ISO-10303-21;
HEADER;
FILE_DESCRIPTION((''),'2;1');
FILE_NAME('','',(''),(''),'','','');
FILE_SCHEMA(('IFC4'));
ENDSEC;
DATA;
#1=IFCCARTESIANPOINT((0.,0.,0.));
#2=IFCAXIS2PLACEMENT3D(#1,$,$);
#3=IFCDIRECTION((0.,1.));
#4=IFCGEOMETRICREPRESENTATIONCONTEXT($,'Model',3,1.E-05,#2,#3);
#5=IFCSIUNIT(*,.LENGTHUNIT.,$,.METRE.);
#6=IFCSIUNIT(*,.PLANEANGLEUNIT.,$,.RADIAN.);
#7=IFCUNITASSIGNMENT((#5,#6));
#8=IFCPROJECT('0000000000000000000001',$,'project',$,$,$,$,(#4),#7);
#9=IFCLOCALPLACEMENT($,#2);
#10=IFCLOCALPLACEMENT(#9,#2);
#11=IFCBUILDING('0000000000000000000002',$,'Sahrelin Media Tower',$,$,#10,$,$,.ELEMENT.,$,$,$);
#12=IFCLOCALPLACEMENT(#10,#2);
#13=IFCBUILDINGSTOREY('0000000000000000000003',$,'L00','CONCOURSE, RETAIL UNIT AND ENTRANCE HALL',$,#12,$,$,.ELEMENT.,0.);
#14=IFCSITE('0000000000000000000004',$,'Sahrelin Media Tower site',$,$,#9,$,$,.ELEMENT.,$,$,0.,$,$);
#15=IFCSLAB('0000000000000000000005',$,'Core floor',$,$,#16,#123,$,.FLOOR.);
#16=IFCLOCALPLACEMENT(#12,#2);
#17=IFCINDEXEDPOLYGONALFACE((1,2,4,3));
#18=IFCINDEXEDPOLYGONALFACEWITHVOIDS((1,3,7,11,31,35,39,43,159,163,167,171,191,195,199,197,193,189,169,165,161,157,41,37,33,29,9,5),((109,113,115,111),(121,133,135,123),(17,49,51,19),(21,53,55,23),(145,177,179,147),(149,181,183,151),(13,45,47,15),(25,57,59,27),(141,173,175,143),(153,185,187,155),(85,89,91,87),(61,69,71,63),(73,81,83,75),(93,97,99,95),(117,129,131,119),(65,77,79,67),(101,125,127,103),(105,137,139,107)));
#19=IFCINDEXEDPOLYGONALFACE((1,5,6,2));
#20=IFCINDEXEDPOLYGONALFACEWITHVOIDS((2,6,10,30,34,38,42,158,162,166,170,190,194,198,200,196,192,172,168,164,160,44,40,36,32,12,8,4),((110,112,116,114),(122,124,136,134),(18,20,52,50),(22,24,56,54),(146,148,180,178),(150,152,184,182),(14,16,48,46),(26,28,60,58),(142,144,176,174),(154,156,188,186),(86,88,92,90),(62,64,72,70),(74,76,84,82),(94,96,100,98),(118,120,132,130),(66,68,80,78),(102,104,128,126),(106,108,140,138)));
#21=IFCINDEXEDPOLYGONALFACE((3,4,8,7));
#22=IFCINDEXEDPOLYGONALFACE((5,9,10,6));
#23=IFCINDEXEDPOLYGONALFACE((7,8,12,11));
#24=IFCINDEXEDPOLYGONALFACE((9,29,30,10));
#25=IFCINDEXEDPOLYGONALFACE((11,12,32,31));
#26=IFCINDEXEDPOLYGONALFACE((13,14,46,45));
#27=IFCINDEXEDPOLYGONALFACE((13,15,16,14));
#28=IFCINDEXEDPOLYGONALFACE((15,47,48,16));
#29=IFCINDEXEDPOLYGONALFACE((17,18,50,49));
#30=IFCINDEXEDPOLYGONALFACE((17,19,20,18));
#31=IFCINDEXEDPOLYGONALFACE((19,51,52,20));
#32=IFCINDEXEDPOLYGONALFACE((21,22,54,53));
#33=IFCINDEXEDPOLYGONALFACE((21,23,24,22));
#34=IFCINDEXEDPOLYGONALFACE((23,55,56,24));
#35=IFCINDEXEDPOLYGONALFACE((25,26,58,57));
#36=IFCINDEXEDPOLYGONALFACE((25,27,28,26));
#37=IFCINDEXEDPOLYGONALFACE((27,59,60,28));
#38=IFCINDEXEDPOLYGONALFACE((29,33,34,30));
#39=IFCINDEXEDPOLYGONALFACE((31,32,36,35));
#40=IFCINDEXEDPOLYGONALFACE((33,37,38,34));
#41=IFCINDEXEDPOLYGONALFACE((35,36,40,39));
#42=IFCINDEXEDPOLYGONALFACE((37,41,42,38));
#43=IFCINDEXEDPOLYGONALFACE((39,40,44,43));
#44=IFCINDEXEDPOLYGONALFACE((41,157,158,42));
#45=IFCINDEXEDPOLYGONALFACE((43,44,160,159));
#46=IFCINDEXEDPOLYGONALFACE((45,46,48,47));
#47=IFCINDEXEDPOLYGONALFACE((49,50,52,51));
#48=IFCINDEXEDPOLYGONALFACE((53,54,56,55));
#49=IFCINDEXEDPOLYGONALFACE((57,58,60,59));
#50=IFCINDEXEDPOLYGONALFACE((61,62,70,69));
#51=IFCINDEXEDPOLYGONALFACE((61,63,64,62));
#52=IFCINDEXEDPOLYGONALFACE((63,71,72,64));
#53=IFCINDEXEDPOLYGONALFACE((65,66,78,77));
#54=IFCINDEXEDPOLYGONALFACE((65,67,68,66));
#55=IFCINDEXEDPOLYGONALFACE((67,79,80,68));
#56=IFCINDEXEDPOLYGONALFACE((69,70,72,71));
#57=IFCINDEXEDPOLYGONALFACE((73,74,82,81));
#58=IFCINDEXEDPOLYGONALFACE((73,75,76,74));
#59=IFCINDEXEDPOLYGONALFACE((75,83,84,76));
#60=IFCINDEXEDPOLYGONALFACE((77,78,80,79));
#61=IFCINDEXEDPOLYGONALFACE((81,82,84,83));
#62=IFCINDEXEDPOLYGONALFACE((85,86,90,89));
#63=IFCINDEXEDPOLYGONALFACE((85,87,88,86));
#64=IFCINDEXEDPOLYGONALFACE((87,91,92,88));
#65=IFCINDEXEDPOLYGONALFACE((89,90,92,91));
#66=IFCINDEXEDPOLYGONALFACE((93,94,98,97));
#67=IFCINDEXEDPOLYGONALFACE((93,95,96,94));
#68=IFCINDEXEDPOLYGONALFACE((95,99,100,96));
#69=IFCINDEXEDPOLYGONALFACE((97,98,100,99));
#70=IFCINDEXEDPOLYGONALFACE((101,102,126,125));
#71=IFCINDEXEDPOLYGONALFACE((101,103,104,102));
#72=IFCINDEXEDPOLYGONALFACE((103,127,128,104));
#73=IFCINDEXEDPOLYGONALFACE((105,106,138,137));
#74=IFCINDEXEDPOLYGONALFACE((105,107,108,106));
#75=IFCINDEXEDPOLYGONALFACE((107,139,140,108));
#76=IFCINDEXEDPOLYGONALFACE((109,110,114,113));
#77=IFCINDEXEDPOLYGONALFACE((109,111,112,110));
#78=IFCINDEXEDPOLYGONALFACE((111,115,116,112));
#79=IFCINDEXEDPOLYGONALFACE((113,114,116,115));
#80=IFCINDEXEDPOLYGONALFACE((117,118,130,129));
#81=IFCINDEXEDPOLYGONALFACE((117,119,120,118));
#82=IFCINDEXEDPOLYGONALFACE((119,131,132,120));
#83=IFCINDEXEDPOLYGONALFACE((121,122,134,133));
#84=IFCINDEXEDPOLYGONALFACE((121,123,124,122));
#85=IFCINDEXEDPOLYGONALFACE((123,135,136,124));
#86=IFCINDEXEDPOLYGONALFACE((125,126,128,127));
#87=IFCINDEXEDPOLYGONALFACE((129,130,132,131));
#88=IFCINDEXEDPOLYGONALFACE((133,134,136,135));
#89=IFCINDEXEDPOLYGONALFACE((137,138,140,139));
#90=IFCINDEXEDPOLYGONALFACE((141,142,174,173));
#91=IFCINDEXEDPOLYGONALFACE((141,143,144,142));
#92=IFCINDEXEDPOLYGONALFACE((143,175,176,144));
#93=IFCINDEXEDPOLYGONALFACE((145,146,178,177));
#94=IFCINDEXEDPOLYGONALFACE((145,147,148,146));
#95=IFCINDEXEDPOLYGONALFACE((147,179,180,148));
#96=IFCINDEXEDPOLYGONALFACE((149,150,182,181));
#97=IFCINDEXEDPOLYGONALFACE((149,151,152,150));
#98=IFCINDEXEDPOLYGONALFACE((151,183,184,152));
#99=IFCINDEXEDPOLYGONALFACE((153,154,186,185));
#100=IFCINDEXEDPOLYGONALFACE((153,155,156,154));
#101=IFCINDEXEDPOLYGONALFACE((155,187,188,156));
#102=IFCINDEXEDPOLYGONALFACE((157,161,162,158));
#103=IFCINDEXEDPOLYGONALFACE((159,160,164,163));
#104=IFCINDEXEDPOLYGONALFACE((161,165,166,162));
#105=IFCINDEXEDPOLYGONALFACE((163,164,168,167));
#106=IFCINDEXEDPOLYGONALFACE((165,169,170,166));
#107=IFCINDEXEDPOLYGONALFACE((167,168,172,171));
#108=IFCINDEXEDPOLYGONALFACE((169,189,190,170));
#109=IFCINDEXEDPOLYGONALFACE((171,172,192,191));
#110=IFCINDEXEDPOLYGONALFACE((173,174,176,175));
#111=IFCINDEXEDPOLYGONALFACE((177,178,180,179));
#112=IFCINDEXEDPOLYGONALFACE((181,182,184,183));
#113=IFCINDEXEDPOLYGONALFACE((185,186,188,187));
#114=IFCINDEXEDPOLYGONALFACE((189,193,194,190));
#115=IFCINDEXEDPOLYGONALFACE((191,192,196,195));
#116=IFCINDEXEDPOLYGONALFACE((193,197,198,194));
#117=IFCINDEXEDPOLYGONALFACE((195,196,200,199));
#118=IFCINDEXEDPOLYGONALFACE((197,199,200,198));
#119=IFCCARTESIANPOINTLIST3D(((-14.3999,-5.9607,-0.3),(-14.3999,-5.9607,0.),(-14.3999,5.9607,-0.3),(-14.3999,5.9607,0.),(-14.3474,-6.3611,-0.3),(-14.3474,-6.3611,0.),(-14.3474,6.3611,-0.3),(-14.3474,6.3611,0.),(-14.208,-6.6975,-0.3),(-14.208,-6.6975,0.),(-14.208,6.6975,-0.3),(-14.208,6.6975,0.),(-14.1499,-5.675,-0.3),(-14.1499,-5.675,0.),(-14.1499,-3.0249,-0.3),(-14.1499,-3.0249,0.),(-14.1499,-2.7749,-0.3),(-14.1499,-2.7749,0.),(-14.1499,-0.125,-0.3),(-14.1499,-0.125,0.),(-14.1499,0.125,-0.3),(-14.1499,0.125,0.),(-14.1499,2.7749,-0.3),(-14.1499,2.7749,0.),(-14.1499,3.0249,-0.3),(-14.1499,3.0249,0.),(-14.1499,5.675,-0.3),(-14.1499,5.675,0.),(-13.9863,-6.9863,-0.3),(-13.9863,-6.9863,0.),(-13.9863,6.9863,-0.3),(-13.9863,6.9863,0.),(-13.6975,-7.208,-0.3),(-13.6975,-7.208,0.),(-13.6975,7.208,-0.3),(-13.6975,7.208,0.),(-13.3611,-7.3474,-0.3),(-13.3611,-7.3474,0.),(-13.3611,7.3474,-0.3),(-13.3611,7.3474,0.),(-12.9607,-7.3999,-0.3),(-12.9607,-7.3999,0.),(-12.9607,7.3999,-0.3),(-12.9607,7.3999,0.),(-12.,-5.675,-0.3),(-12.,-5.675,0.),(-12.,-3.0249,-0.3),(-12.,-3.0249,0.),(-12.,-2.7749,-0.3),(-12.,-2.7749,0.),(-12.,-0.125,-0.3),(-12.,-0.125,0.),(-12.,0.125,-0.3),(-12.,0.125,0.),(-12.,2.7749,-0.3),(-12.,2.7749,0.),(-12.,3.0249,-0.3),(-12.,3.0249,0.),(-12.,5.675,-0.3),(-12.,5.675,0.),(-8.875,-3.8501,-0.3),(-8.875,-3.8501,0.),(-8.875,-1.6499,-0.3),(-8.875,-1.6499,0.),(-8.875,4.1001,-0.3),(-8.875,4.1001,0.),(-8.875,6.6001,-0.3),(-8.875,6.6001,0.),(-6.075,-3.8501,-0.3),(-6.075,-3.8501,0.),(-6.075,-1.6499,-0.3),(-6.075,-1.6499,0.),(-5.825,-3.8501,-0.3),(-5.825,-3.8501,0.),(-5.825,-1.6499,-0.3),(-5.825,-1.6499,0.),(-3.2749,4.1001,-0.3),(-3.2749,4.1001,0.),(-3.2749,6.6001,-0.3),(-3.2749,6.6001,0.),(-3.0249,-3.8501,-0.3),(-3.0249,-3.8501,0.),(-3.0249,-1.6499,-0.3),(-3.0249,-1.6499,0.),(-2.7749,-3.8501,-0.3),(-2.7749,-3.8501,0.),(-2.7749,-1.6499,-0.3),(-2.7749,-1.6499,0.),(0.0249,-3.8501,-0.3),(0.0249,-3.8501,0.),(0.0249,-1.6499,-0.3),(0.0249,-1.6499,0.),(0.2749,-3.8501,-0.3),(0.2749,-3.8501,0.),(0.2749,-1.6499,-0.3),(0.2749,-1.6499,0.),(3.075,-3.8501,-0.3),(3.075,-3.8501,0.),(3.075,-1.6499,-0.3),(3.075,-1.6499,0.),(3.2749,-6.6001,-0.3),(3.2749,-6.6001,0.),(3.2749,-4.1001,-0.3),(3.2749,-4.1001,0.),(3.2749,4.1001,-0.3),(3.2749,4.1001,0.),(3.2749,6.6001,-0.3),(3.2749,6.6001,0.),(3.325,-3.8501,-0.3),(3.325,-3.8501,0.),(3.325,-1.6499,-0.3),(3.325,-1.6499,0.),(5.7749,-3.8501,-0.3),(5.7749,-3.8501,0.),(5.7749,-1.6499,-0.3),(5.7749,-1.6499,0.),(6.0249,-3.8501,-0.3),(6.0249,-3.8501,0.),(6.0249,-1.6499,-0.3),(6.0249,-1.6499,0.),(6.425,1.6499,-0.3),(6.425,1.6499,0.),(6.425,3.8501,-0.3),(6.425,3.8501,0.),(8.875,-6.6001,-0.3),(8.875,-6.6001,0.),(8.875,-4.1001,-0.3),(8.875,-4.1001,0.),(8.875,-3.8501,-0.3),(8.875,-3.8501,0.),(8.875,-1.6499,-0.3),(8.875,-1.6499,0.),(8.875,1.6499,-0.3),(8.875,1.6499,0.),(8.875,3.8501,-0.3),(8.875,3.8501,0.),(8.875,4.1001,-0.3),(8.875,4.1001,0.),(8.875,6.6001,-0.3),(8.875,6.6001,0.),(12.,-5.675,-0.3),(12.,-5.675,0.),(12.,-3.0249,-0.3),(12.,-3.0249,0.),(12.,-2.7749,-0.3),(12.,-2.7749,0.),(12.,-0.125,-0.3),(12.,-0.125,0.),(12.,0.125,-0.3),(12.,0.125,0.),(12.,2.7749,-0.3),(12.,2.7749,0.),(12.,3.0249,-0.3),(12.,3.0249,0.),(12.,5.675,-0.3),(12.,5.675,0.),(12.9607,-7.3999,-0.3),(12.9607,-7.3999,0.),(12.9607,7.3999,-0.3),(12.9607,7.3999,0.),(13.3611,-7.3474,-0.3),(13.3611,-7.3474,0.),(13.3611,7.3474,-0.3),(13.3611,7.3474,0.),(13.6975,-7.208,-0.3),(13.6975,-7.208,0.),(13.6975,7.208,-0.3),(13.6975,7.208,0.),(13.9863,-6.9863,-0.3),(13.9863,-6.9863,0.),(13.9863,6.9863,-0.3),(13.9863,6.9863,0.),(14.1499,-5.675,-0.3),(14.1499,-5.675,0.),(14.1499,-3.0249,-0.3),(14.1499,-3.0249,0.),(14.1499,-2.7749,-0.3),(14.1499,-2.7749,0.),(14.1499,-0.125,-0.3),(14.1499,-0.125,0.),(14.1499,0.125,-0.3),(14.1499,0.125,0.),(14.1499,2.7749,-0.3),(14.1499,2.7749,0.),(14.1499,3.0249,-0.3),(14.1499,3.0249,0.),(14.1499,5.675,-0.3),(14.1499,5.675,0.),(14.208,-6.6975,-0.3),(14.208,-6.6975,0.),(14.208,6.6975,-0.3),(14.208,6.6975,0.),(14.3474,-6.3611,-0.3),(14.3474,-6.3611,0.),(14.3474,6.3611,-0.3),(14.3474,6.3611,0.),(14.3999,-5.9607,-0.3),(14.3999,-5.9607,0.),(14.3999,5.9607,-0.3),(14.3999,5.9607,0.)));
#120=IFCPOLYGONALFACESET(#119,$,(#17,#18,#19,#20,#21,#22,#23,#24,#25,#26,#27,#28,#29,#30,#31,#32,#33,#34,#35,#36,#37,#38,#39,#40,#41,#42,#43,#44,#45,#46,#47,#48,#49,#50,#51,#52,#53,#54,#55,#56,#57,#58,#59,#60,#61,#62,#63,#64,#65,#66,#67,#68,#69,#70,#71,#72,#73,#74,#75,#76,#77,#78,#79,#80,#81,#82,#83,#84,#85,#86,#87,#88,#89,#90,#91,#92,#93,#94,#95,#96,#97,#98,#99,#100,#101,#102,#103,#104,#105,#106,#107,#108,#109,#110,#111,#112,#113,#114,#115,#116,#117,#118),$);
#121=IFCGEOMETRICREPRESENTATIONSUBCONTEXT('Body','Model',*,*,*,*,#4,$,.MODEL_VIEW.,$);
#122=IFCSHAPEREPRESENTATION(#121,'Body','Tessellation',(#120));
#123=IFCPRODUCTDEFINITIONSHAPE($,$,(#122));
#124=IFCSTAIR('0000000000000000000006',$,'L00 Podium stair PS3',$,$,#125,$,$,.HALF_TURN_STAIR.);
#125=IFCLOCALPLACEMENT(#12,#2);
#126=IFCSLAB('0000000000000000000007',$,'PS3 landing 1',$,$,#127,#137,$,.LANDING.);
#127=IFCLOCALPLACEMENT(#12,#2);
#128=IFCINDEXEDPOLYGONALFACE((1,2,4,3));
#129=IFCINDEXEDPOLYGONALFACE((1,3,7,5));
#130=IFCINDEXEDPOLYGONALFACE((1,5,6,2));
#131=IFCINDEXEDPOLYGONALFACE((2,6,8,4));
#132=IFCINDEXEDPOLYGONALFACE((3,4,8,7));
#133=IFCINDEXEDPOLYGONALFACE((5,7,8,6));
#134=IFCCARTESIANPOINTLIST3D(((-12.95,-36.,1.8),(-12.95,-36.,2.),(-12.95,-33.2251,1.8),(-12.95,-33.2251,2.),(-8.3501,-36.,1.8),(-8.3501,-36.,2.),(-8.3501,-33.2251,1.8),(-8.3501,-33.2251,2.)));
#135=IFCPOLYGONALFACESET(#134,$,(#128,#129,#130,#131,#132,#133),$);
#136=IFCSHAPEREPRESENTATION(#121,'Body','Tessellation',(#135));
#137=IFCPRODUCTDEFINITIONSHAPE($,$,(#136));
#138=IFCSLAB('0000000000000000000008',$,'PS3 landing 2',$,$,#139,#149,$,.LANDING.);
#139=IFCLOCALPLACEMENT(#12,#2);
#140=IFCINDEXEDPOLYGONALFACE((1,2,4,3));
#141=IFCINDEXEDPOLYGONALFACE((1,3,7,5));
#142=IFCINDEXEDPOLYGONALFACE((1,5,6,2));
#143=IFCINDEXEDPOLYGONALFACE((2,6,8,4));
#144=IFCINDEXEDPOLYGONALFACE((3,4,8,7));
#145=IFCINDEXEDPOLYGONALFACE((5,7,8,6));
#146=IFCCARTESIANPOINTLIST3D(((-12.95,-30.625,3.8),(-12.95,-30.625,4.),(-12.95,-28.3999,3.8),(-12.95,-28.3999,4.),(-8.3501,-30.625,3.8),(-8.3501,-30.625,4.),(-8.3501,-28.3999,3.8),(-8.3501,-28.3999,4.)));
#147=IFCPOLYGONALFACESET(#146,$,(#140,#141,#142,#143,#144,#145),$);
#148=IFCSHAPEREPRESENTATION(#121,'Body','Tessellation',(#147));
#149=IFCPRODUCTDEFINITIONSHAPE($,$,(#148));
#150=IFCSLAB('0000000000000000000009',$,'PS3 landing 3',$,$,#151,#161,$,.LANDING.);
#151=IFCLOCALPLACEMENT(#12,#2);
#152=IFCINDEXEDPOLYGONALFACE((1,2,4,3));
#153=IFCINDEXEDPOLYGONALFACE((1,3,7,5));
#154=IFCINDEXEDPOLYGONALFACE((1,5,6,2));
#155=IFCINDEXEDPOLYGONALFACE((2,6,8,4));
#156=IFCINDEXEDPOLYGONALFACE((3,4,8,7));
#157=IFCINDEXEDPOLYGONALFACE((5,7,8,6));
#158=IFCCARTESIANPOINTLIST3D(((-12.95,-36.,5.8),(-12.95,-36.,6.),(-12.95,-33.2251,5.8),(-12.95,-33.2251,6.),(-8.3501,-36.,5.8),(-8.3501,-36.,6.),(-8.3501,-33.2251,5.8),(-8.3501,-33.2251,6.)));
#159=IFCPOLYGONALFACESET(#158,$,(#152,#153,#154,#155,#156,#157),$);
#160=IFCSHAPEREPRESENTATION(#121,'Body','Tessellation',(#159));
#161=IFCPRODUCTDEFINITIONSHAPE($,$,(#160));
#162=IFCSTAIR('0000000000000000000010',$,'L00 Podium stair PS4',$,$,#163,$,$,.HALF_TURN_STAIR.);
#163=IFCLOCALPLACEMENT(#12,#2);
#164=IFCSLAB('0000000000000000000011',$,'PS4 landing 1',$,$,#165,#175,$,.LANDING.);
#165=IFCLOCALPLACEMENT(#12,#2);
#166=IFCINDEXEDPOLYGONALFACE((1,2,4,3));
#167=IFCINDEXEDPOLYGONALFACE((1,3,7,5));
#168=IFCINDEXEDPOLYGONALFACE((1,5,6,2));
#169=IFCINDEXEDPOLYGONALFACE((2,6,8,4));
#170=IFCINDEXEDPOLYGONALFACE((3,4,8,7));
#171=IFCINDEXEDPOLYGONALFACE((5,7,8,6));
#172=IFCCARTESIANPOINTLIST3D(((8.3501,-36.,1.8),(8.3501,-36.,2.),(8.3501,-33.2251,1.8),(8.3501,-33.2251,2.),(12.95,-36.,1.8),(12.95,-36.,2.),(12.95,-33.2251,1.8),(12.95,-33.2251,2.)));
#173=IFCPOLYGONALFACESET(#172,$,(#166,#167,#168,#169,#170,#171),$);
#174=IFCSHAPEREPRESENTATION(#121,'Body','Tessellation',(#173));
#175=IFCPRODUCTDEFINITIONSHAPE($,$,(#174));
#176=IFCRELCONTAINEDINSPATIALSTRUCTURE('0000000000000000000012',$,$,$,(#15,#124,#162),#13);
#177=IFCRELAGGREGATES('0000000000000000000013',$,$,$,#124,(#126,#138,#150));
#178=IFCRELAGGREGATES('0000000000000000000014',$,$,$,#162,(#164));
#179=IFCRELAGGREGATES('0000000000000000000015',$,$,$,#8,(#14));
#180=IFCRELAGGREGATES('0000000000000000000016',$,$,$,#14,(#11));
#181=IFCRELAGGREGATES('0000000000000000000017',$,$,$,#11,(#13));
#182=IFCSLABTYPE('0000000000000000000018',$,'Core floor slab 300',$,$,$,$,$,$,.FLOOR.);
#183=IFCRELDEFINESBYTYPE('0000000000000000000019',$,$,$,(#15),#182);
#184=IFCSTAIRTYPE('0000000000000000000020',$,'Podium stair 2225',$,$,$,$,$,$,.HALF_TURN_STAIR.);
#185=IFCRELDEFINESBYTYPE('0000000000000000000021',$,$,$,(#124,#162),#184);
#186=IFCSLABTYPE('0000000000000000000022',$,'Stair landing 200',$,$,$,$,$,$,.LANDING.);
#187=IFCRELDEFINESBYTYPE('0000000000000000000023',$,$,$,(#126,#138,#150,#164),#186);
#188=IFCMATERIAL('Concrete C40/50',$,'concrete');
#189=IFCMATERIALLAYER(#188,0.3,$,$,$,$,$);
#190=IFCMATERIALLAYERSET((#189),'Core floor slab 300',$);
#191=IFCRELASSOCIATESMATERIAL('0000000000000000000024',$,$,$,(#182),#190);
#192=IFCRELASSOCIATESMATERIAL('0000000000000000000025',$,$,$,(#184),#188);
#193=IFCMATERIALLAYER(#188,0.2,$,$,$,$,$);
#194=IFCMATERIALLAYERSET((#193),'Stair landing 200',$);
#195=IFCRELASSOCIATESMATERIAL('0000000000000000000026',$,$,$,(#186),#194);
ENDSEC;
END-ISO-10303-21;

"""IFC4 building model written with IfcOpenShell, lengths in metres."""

from ifc_helpers import new_model, si_unit, direction, frame, origin, place, context, subcontext, project, spatial, polyline, outline, extrude, material, layer, layer_set, type_object, element, aggregate, save


model = new_model("IFC4")

# Units and contexts
model_context = context("Model", 3, precision=1e-05, world=origin(), true_north=direction((0.0, 1.0)))
body_context = subcontext(model_context, "Body", "Model", "MODEL_VIEW")
ifc_project = project(units=[si_unit("LENGTHUNIT", "METRE"), si_unit("PLANEANGLEUNIT", "RADIAN")], contexts=[model_context])

# Site, building, storey
site_placement = place(None, origin())
site = spatial("IfcSite", under=ifc_project, at=site_placement, Name="Sahrelin Media Tower site", CompositionType="ELEMENT", RefElevation=0.0)
building_placement = place(site_placement, origin())
building = spatial("IfcBuilding", under=site, at=building_placement, Name="Sahrelin Media Tower", CompositionType="ELEMENT")
storey_placement = place(building_placement, origin())
storey = spatial("IfcBuildingStorey", under=building, at=storey_placement, Name="L00", Description="CONCOURSE, RETAIL UNIT AND ENTRANCE HALL", CompositionType="ELEMENT", Elevation=0.0)

# Slab
ifc_material_1 = material(Name="Concrete C40/50", Category="concrete")
ifc_layer_1 = layer(ifc_material_1, 0.3)
ifc_layer_set_1 = layer_set([ifc_layer_1], Name="Core floor slab 300")
slab_type_1 = type_object("IfcSlabType", Name="Core floor slab 300", PredefinedType="FLOOR", material=ifc_layer_set_1)
slab_1_placement = place(storey_placement, frame((0.0, 0.0, -0.3)))
element("IfcSlab", 1, at=slab_1_placement, inside=storey, type_object=slab_type_1, Name="Core floor", PredefinedType="FLOOR", context=body_context, shape_type="SweptSolid", body=[
    extrude(outline(polyline([(-13.9863, 6.9863), (-14.208, 6.6975), (-14.3474, 6.3611), (-14.3999, 5.9607), (-14.3999, -5.9607), (-14.3474, -6.3611), (-14.208, -6.6975), (-13.9863, -6.9863), (-13.6975, -7.208), (-13.3611, -7.3474), (-12.9607, -7.3999), (12.9607, -7.3999), (13.3611, -7.3474), (13.6975, -7.208), (13.9863, -6.9863), (14.208, -6.6975), (14.3474, -6.3611), (14.3999, -5.9607), (14.3999, 5.9607), (14.3474, 6.3611), (14.208, 6.6975), (13.9863, 6.9863), (13.6975, 7.208), (13.3611, 7.3474), (12.9607, 7.3999), (-12.9607, 7.3999), (-13.3611, 7.3474), (-13.6975, 7.208), (-13.9863, 6.9863)]), holes=[polyline([(-14.1499, 5.675), (-14.1499, 3.0249), (-12.0, 3.0249), (-12.0, 5.675), (-14.1499, 5.675)]), polyline([(-12.0, 2.7749), (-14.1499, 2.7749), (-14.1499, 0.125), (-12.0, 0.125), (-12.0, 2.7749)]), polyline([(-12.0, -2.7749), (-12.0, -0.125), (-14.1499, -0.125), (-14.1499, -2.7749), (-12.0, -2.7749)]), polyline([(-14.1499, -5.675), (-12.0, -5.675), (-12.0, -3.0249), (-14.1499, -3.0249), (-14.1499, -5.675)]), polyline([(12.0, 5.675), (12.0, 3.0249), (14.1499, 3.0249), (14.1499, 5.675), (12.0, 5.675)]), polyline([(14.1499, 2.7749), (12.0, 2.7749), (12.0, 0.125), (14.1499, 0.125), (14.1499, 2.7749)]), polyline([(14.1499, -2.7749), (14.1499, -0.125), (12.0, -0.125), (12.0, -2.7749), (14.1499, -2.7749)]), polyline([(12.0, -5.675), (14.1499, -5.675), (14.1499, -3.0249), (12.0, -3.0249), (12.0, -5.675)]), polyline([(6.425, 3.8501), (6.425, 1.6499), (8.875, 1.6499), (8.875, 3.8501), (6.425, 3.8501)]), polyline([(-6.075, -1.6499), (-8.875, -1.6499), (-8.875, -3.8501), (-6.075, -3.8501), (-6.075, -1.6499)]), polyline([(-3.0249, -3.8501), (-3.0249, -1.6499), (-5.825, -1.6499), (-5.825, -3.8501), (-3.0249, -3.8501)]), polyline([(-2.7749, -3.8501), (0.0249, -3.8501), (0.0249, -1.6499), (-2.7749, -1.6499), (-2.7749, -3.8501)]), polyline([(0.2749, -1.6499), (0.2749, -3.8501), (3.075, -3.8501), (3.075, -1.6499), (0.2749, -1.6499)]), polyline([(5.7749, -1.6499), (3.325, -1.6499), (3.325, -3.8501), (5.7749, -3.8501), (5.7749, -1.6499)]), polyline([(8.875, -3.8501), (8.875, -1.6499), (6.0249, -1.6499), (6.0249, -3.8501), (8.875, -3.8501)]), polyline([(-8.875, 6.6001), (-8.875, 4.1001), (-3.2749, 4.1001), (-3.2749, 6.6001), (-8.875, 6.6001)]), polyline([(3.2749, 4.1001), (8.875, 4.1001), (8.875, 6.6001), (3.2749, 6.6001), (3.2749, 4.1001)]), polyline([(3.2749, -4.1001), (3.2749, -6.6001), (8.875, -6.6001), (8.875, -4.1001), (3.2749, -4.1001)])]), origin(), (0.0, 0.0, 1.0), 0.3),
])

# Stairs, slabs
stair_type = type_object("IfcStairType", Name="Podium stair 2225", PredefinedType="HALF_TURN_STAIR", material=ifc_material_1)
placement_1 = place(storey_placement, origin())
stair_1 = element("IfcStair", 2, at=placement_1, inside=storey, type_object=stair_type, Name="L00 Podium stair PS3", PredefinedType="HALF_TURN_STAIR")
ifc_layer_2 = layer(ifc_material_1, 0.2)
ifc_layer_set_2 = layer_set([ifc_layer_2], Name="Stair landing 200")
slab_type_2 = type_object("IfcSlabType", Name="Stair landing 200", PredefinedType="LANDING", material=ifc_layer_set_2)
placement_2 = place(storey_placement, frame((0.0, 0.0, 1.8)))
slab_2 = element("IfcSlab", 3, at=placement_2, type_object=slab_type_2, Name="PS3 landing 1", PredefinedType="LANDING", context=body_context, shape_type="SweptSolid", body=[
    extrude(outline(polyline([(-12.95, -33.2251), (-12.95, -36.0), (-8.3501, -36.0), (-8.3501, -33.2251), (-12.95, -33.2251)])), origin(), (0.0, 0.0, 1.0), 0.2),
])
placement_3 = place(storey_placement, frame((0.0, 0.0, 3.8)))
slab_3 = element("IfcSlab", 4, at=placement_3, type_object=slab_type_2, Name="PS3 landing 2", PredefinedType="LANDING", context=body_context, shape_type="SweptSolid", body=[
    extrude(outline(polyline([(-12.95, -28.3999), (-12.95, -30.625), (-8.3501, -30.625), (-8.3501, -28.3999), (-12.95, -28.3999)])), origin(), (0.0, 0.0, 1.0), 0.2),
])
placement_4 = place(storey_placement, frame((0.0, 0.0, 5.8)))
slab_4 = element("IfcSlab", 5, at=placement_4, type_object=slab_type_2, Name="PS3 landing 3", PredefinedType="LANDING", context=body_context, shape_type="SweptSolid", body=[
    extrude(outline(polyline([(-12.95, -33.2251), (-12.95, -36.0), (-8.3501, -36.0), (-8.3501, -33.2251), (-12.95, -33.2251)])), origin(), (0.0, 0.0, 1.0), 0.2),
])
aggregate(stair_1, [slab_2, slab_3, slab_4])
stair_2 = element("IfcStair", 6, at=placement_1, inside=storey, type_object=stair_type, Name="L00 Podium stair PS4", PredefinedType="HALF_TURN_STAIR")
slab_5 = element("IfcSlab", 7, at=placement_2, type_object=slab_type_2, Name="PS4 landing 1", PredefinedType="LANDING", context=body_context, shape_type="SweptSolid", body=[
    extrude(outline(polyline([(8.3501, -33.2251), (8.3501, -36.0), (12.95, -36.0), (12.95, -33.2251), (8.3501, -33.2251)])), origin(), (0.0, 0.0, 1.0), 0.2),
])
aggregate(stair_2, [slab_5])

save(model, "model.ifc")
